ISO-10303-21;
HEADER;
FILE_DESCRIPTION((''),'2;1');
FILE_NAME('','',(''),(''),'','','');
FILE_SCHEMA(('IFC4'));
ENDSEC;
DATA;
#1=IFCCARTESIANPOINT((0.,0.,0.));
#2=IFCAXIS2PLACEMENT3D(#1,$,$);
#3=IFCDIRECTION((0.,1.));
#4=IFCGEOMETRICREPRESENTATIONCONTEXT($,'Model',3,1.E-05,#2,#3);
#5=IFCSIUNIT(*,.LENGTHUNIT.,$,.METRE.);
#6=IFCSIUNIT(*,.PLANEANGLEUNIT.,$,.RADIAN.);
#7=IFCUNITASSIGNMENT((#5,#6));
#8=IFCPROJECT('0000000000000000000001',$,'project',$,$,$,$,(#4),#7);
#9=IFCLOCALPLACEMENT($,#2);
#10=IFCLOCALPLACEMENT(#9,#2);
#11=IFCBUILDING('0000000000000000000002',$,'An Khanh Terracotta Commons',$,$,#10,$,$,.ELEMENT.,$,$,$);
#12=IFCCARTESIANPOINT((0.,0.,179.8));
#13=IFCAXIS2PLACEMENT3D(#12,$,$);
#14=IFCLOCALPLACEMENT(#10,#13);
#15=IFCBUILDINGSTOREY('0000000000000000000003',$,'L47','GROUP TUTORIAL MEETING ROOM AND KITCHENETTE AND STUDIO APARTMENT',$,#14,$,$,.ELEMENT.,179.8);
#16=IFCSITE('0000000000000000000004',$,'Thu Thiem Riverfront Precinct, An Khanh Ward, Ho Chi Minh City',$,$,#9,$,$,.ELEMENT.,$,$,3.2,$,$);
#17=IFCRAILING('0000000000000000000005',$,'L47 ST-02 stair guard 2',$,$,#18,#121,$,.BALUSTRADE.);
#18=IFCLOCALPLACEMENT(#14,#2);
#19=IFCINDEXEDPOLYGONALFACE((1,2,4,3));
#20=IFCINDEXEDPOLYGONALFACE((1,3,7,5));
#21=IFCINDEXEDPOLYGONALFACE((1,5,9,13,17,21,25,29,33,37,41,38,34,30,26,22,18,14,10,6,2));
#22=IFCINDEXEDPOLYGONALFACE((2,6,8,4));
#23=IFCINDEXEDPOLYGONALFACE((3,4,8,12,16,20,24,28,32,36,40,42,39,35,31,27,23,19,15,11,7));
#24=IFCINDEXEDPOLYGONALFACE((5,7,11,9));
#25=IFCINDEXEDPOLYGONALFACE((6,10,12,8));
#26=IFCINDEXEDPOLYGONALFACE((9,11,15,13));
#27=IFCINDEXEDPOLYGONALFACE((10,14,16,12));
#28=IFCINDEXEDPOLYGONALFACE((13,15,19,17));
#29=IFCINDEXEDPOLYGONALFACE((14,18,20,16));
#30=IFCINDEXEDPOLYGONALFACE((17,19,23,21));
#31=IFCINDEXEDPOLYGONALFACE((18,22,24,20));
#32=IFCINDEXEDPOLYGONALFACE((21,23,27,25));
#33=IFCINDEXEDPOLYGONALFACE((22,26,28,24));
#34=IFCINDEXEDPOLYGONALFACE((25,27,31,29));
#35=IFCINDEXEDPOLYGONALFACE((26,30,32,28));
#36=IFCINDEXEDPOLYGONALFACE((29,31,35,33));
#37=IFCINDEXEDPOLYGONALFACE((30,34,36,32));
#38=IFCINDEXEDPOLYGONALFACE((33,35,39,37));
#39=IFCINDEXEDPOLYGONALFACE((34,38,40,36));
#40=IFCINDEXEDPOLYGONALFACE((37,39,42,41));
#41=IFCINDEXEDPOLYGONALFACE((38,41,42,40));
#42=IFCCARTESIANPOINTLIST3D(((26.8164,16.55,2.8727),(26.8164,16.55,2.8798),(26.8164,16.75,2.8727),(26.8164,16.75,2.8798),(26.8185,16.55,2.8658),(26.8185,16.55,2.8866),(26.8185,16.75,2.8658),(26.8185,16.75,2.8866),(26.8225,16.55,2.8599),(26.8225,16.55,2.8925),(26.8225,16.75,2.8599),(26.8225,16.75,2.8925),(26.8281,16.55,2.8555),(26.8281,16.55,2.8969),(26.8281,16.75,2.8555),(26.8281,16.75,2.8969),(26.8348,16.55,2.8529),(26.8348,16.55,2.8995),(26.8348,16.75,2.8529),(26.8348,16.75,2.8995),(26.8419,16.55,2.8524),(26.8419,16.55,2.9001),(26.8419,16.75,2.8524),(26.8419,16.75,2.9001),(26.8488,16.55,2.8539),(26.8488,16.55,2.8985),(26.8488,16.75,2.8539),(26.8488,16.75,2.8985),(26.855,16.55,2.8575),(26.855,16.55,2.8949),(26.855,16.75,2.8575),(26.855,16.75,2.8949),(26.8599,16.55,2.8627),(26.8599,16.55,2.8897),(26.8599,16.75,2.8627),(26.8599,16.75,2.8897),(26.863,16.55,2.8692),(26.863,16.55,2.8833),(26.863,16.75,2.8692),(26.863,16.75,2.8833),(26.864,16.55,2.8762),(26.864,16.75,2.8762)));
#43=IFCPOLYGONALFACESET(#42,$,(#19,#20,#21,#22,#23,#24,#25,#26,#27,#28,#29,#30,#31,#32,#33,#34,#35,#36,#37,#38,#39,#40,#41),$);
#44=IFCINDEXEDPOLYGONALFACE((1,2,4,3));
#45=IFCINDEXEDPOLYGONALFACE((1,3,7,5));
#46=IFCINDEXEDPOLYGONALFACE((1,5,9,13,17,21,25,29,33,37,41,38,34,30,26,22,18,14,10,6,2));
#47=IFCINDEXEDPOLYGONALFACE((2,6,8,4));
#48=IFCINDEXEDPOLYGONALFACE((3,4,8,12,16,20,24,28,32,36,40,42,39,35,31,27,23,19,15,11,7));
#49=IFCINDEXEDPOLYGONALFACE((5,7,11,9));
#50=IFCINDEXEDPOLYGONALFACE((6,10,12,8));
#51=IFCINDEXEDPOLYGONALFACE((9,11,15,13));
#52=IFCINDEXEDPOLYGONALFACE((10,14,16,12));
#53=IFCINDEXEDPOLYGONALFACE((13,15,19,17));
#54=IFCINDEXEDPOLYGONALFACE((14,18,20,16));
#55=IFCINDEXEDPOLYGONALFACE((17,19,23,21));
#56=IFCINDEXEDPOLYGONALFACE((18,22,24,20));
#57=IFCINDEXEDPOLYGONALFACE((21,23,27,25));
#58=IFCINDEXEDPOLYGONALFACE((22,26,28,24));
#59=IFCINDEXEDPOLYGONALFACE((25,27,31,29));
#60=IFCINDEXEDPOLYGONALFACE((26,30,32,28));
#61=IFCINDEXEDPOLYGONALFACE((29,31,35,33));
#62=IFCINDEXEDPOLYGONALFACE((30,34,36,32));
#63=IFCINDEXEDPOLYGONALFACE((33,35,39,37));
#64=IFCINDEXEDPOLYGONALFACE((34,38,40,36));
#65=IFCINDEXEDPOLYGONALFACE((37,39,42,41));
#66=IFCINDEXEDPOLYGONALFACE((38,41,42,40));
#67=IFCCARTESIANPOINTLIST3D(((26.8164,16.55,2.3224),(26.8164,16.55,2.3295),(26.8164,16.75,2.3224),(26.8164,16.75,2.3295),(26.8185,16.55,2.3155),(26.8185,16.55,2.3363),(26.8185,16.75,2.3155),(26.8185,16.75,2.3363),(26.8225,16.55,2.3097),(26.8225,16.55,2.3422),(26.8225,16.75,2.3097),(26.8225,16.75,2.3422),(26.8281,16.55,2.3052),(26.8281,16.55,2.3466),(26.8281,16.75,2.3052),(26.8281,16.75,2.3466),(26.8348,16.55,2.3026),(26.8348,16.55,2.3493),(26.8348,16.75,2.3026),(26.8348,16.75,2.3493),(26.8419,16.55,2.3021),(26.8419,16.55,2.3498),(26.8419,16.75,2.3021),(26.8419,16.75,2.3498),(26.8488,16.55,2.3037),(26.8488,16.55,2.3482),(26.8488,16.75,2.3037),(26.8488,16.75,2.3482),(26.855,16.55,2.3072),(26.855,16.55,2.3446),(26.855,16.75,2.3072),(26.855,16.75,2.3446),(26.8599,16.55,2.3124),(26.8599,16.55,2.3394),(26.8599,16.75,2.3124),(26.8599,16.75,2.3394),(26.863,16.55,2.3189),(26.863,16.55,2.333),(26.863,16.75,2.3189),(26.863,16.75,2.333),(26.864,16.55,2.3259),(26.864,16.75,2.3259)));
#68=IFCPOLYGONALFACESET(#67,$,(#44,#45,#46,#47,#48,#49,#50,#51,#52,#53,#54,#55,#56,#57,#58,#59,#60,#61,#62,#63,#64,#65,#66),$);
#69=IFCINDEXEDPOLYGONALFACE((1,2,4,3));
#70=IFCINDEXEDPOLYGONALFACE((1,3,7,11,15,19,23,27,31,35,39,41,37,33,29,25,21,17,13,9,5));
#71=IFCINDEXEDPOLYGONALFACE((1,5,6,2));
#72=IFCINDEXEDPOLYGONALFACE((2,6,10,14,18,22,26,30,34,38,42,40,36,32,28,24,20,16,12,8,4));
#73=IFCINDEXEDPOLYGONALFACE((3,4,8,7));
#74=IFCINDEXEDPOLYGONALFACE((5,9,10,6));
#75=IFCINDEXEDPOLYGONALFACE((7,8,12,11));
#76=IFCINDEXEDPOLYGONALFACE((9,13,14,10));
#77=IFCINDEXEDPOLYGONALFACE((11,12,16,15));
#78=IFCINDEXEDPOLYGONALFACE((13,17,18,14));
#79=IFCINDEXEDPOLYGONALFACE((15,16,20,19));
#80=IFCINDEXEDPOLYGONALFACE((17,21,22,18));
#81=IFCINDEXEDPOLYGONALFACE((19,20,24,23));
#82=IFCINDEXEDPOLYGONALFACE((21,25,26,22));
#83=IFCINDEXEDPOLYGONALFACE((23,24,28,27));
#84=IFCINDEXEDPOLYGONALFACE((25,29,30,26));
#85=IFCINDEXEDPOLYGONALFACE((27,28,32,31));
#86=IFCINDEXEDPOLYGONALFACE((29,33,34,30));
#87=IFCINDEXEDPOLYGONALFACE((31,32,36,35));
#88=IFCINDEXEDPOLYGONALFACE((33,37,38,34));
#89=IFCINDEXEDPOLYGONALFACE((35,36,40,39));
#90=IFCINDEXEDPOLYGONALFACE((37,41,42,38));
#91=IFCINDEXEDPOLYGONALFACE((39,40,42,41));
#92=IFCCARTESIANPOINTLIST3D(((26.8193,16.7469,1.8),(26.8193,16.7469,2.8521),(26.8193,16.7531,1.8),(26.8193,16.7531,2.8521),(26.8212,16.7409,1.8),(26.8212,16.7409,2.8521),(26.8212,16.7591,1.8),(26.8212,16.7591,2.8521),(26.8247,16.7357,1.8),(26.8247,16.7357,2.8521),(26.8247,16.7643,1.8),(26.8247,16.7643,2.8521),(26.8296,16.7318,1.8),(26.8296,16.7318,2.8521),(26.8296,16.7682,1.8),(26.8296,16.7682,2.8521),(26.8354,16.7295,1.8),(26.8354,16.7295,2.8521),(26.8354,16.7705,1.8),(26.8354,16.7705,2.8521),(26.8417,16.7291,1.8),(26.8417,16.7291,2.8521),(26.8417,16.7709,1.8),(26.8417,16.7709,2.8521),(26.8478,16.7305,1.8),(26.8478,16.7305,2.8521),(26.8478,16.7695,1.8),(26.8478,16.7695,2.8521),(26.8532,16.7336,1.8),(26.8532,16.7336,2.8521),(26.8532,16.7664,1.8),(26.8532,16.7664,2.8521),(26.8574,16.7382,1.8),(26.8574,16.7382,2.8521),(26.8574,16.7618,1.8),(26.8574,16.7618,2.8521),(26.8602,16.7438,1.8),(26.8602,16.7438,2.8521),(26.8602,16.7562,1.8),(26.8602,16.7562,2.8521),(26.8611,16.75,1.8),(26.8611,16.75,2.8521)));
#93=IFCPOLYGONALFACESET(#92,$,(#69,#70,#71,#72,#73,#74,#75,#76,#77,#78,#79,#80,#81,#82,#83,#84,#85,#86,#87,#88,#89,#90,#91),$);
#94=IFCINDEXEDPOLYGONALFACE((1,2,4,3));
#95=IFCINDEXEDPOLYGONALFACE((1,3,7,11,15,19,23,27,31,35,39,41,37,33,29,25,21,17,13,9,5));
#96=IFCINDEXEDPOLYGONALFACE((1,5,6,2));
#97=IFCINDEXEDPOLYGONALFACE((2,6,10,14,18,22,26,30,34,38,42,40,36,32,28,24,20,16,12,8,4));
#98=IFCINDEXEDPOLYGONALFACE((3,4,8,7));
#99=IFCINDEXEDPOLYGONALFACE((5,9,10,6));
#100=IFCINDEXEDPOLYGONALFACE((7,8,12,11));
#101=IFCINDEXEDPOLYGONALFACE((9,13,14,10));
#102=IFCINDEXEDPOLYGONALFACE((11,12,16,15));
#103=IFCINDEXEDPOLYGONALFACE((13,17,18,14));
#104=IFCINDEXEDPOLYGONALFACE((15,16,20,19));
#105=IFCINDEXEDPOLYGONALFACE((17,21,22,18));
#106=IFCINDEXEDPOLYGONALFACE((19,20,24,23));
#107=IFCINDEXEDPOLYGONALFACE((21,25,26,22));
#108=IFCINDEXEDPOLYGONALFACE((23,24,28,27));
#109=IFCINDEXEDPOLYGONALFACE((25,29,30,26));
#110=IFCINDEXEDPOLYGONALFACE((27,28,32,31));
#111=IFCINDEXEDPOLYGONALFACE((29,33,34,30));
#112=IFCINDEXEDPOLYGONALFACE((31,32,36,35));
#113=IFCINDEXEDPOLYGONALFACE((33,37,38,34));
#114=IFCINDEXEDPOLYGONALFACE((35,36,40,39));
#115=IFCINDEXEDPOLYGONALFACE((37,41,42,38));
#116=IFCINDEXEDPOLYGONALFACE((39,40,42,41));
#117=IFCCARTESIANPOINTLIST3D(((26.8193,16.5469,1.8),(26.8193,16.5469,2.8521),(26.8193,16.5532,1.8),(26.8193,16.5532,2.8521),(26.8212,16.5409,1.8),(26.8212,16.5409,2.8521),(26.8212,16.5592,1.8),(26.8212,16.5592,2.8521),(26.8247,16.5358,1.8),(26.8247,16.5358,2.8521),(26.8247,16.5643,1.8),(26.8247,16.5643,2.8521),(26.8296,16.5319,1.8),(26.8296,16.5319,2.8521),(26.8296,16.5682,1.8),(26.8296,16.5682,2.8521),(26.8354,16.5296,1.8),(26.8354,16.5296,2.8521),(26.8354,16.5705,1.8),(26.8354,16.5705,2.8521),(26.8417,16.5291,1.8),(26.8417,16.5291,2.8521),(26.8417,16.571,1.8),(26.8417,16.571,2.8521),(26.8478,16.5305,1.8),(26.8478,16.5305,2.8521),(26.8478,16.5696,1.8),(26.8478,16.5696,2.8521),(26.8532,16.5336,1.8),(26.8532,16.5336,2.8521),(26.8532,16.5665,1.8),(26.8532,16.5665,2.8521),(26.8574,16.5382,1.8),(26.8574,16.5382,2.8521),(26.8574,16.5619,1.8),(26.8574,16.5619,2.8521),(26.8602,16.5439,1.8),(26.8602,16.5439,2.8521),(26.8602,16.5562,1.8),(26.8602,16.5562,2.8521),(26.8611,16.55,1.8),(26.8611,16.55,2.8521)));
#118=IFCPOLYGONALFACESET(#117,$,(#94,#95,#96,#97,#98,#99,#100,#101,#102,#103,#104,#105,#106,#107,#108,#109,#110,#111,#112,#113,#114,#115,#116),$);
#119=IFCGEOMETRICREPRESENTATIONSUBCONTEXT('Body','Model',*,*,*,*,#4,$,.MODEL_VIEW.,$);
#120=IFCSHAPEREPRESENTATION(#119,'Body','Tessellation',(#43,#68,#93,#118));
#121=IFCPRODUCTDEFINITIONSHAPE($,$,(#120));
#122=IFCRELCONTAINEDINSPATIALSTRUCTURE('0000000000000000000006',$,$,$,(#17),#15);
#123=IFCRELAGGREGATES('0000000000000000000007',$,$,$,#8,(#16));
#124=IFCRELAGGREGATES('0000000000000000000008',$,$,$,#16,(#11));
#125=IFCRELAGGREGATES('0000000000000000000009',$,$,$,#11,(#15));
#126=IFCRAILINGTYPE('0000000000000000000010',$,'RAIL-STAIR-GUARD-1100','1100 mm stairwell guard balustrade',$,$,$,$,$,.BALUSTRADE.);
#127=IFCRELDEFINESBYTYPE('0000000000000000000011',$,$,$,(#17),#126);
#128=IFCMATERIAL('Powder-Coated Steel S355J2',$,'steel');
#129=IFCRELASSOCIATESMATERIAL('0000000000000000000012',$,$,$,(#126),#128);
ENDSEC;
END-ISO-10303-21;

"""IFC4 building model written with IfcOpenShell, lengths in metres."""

from ifc_helpers import new_model, si_unit, direction, frame, origin, origin_2d, place, context, subcontext, project, spatial, circle, extrude, material, type_object, element, save


model = new_model("IFC4")

# Units and contexts
model_context = context("Model", 3, precision=1e-05, world=origin(), true_north=direction((0.0, 1.0)))
body_context = subcontext(model_context, "Body", "Model", "MODEL_VIEW")
ifc_project = project(units=[si_unit("LENGTHUNIT", "METRE"), si_unit("PLANEANGLEUNIT", "RADIAN")], contexts=[model_context])

# Site, building, storey
site_placement = place(None, origin())
site = spatial("IfcSite", under=ifc_project, at=site_placement, Name="Thu Thiem Riverfront Precinct, An Khanh Ward, Ho Chi Minh City", CompositionType="ELEMENT", RefElevation=3.2)
building_placement = place(site_placement, origin())
building = spatial("IfcBuilding", under=site, at=building_placement, Name="An Khanh Terracotta Commons", CompositionType="ELEMENT")
storey_placement = place(building_placement, frame((0.0, 0.0, 179.8)))
storey = spatial("IfcBuildingStorey", under=building, at=storey_placement, Name="L47", Description="GROUP TUTORIAL MEETING ROOM AND KITCHENETTE AND STUDIO APARTMENT", CompositionType="ELEMENT", Elevation=179.8)

# Railing
ifc_material_1 = material(Name="Powder-Coated Steel S355J2", Category="steel")
railing_type_1 = type_object("IfcRailingType", Name="RAIL-STAIR-GUARD-1100", Description="1100 mm stairwell guard balustrade", PredefinedType="BALUSTRADE", material=ifc_material_1)
railing_1_placement = place(storey_placement, frame((26.8401, 16.75, 1.8)))
element("IfcRailing", 1, at=railing_1_placement, inside=storey, type_object=railing_type_1, Name="L47 ST-02 stair guard 2", PredefinedType="BALUSTRADE", context=body_context, shape_type="SweptSolid", body=[
    extrude(circle(Radius=0.0239, at=origin_2d()), frame((0.0, 0.0, 1.0762), z_axis=(0.0, -1.0, 0.0), x_axis=(1.0, 0.0, 0.0)), (0.0, 0.0, 1.0), 0.2),
    extrude(circle(Radius=0.0239, at=origin_2d()), frame((0.0, 0.0, 0.5259), z_axis=(0.0, -1.0, 0.0), x_axis=(1.0, 0.0, 0.0)), (0.0, 0.0, 1.0), 0.2),
    extrude(circle(Radius=0.021, at=origin_2d()), origin(), (0.0, 0.0, 1.0), 1.052),
    extrude(circle(Radius=0.021, at=origin_2d()), frame((0.0, -0.2, 0.0)), (0.0, 0.0, 1.0), 1.052),
])

save(model, "model.ifc")
